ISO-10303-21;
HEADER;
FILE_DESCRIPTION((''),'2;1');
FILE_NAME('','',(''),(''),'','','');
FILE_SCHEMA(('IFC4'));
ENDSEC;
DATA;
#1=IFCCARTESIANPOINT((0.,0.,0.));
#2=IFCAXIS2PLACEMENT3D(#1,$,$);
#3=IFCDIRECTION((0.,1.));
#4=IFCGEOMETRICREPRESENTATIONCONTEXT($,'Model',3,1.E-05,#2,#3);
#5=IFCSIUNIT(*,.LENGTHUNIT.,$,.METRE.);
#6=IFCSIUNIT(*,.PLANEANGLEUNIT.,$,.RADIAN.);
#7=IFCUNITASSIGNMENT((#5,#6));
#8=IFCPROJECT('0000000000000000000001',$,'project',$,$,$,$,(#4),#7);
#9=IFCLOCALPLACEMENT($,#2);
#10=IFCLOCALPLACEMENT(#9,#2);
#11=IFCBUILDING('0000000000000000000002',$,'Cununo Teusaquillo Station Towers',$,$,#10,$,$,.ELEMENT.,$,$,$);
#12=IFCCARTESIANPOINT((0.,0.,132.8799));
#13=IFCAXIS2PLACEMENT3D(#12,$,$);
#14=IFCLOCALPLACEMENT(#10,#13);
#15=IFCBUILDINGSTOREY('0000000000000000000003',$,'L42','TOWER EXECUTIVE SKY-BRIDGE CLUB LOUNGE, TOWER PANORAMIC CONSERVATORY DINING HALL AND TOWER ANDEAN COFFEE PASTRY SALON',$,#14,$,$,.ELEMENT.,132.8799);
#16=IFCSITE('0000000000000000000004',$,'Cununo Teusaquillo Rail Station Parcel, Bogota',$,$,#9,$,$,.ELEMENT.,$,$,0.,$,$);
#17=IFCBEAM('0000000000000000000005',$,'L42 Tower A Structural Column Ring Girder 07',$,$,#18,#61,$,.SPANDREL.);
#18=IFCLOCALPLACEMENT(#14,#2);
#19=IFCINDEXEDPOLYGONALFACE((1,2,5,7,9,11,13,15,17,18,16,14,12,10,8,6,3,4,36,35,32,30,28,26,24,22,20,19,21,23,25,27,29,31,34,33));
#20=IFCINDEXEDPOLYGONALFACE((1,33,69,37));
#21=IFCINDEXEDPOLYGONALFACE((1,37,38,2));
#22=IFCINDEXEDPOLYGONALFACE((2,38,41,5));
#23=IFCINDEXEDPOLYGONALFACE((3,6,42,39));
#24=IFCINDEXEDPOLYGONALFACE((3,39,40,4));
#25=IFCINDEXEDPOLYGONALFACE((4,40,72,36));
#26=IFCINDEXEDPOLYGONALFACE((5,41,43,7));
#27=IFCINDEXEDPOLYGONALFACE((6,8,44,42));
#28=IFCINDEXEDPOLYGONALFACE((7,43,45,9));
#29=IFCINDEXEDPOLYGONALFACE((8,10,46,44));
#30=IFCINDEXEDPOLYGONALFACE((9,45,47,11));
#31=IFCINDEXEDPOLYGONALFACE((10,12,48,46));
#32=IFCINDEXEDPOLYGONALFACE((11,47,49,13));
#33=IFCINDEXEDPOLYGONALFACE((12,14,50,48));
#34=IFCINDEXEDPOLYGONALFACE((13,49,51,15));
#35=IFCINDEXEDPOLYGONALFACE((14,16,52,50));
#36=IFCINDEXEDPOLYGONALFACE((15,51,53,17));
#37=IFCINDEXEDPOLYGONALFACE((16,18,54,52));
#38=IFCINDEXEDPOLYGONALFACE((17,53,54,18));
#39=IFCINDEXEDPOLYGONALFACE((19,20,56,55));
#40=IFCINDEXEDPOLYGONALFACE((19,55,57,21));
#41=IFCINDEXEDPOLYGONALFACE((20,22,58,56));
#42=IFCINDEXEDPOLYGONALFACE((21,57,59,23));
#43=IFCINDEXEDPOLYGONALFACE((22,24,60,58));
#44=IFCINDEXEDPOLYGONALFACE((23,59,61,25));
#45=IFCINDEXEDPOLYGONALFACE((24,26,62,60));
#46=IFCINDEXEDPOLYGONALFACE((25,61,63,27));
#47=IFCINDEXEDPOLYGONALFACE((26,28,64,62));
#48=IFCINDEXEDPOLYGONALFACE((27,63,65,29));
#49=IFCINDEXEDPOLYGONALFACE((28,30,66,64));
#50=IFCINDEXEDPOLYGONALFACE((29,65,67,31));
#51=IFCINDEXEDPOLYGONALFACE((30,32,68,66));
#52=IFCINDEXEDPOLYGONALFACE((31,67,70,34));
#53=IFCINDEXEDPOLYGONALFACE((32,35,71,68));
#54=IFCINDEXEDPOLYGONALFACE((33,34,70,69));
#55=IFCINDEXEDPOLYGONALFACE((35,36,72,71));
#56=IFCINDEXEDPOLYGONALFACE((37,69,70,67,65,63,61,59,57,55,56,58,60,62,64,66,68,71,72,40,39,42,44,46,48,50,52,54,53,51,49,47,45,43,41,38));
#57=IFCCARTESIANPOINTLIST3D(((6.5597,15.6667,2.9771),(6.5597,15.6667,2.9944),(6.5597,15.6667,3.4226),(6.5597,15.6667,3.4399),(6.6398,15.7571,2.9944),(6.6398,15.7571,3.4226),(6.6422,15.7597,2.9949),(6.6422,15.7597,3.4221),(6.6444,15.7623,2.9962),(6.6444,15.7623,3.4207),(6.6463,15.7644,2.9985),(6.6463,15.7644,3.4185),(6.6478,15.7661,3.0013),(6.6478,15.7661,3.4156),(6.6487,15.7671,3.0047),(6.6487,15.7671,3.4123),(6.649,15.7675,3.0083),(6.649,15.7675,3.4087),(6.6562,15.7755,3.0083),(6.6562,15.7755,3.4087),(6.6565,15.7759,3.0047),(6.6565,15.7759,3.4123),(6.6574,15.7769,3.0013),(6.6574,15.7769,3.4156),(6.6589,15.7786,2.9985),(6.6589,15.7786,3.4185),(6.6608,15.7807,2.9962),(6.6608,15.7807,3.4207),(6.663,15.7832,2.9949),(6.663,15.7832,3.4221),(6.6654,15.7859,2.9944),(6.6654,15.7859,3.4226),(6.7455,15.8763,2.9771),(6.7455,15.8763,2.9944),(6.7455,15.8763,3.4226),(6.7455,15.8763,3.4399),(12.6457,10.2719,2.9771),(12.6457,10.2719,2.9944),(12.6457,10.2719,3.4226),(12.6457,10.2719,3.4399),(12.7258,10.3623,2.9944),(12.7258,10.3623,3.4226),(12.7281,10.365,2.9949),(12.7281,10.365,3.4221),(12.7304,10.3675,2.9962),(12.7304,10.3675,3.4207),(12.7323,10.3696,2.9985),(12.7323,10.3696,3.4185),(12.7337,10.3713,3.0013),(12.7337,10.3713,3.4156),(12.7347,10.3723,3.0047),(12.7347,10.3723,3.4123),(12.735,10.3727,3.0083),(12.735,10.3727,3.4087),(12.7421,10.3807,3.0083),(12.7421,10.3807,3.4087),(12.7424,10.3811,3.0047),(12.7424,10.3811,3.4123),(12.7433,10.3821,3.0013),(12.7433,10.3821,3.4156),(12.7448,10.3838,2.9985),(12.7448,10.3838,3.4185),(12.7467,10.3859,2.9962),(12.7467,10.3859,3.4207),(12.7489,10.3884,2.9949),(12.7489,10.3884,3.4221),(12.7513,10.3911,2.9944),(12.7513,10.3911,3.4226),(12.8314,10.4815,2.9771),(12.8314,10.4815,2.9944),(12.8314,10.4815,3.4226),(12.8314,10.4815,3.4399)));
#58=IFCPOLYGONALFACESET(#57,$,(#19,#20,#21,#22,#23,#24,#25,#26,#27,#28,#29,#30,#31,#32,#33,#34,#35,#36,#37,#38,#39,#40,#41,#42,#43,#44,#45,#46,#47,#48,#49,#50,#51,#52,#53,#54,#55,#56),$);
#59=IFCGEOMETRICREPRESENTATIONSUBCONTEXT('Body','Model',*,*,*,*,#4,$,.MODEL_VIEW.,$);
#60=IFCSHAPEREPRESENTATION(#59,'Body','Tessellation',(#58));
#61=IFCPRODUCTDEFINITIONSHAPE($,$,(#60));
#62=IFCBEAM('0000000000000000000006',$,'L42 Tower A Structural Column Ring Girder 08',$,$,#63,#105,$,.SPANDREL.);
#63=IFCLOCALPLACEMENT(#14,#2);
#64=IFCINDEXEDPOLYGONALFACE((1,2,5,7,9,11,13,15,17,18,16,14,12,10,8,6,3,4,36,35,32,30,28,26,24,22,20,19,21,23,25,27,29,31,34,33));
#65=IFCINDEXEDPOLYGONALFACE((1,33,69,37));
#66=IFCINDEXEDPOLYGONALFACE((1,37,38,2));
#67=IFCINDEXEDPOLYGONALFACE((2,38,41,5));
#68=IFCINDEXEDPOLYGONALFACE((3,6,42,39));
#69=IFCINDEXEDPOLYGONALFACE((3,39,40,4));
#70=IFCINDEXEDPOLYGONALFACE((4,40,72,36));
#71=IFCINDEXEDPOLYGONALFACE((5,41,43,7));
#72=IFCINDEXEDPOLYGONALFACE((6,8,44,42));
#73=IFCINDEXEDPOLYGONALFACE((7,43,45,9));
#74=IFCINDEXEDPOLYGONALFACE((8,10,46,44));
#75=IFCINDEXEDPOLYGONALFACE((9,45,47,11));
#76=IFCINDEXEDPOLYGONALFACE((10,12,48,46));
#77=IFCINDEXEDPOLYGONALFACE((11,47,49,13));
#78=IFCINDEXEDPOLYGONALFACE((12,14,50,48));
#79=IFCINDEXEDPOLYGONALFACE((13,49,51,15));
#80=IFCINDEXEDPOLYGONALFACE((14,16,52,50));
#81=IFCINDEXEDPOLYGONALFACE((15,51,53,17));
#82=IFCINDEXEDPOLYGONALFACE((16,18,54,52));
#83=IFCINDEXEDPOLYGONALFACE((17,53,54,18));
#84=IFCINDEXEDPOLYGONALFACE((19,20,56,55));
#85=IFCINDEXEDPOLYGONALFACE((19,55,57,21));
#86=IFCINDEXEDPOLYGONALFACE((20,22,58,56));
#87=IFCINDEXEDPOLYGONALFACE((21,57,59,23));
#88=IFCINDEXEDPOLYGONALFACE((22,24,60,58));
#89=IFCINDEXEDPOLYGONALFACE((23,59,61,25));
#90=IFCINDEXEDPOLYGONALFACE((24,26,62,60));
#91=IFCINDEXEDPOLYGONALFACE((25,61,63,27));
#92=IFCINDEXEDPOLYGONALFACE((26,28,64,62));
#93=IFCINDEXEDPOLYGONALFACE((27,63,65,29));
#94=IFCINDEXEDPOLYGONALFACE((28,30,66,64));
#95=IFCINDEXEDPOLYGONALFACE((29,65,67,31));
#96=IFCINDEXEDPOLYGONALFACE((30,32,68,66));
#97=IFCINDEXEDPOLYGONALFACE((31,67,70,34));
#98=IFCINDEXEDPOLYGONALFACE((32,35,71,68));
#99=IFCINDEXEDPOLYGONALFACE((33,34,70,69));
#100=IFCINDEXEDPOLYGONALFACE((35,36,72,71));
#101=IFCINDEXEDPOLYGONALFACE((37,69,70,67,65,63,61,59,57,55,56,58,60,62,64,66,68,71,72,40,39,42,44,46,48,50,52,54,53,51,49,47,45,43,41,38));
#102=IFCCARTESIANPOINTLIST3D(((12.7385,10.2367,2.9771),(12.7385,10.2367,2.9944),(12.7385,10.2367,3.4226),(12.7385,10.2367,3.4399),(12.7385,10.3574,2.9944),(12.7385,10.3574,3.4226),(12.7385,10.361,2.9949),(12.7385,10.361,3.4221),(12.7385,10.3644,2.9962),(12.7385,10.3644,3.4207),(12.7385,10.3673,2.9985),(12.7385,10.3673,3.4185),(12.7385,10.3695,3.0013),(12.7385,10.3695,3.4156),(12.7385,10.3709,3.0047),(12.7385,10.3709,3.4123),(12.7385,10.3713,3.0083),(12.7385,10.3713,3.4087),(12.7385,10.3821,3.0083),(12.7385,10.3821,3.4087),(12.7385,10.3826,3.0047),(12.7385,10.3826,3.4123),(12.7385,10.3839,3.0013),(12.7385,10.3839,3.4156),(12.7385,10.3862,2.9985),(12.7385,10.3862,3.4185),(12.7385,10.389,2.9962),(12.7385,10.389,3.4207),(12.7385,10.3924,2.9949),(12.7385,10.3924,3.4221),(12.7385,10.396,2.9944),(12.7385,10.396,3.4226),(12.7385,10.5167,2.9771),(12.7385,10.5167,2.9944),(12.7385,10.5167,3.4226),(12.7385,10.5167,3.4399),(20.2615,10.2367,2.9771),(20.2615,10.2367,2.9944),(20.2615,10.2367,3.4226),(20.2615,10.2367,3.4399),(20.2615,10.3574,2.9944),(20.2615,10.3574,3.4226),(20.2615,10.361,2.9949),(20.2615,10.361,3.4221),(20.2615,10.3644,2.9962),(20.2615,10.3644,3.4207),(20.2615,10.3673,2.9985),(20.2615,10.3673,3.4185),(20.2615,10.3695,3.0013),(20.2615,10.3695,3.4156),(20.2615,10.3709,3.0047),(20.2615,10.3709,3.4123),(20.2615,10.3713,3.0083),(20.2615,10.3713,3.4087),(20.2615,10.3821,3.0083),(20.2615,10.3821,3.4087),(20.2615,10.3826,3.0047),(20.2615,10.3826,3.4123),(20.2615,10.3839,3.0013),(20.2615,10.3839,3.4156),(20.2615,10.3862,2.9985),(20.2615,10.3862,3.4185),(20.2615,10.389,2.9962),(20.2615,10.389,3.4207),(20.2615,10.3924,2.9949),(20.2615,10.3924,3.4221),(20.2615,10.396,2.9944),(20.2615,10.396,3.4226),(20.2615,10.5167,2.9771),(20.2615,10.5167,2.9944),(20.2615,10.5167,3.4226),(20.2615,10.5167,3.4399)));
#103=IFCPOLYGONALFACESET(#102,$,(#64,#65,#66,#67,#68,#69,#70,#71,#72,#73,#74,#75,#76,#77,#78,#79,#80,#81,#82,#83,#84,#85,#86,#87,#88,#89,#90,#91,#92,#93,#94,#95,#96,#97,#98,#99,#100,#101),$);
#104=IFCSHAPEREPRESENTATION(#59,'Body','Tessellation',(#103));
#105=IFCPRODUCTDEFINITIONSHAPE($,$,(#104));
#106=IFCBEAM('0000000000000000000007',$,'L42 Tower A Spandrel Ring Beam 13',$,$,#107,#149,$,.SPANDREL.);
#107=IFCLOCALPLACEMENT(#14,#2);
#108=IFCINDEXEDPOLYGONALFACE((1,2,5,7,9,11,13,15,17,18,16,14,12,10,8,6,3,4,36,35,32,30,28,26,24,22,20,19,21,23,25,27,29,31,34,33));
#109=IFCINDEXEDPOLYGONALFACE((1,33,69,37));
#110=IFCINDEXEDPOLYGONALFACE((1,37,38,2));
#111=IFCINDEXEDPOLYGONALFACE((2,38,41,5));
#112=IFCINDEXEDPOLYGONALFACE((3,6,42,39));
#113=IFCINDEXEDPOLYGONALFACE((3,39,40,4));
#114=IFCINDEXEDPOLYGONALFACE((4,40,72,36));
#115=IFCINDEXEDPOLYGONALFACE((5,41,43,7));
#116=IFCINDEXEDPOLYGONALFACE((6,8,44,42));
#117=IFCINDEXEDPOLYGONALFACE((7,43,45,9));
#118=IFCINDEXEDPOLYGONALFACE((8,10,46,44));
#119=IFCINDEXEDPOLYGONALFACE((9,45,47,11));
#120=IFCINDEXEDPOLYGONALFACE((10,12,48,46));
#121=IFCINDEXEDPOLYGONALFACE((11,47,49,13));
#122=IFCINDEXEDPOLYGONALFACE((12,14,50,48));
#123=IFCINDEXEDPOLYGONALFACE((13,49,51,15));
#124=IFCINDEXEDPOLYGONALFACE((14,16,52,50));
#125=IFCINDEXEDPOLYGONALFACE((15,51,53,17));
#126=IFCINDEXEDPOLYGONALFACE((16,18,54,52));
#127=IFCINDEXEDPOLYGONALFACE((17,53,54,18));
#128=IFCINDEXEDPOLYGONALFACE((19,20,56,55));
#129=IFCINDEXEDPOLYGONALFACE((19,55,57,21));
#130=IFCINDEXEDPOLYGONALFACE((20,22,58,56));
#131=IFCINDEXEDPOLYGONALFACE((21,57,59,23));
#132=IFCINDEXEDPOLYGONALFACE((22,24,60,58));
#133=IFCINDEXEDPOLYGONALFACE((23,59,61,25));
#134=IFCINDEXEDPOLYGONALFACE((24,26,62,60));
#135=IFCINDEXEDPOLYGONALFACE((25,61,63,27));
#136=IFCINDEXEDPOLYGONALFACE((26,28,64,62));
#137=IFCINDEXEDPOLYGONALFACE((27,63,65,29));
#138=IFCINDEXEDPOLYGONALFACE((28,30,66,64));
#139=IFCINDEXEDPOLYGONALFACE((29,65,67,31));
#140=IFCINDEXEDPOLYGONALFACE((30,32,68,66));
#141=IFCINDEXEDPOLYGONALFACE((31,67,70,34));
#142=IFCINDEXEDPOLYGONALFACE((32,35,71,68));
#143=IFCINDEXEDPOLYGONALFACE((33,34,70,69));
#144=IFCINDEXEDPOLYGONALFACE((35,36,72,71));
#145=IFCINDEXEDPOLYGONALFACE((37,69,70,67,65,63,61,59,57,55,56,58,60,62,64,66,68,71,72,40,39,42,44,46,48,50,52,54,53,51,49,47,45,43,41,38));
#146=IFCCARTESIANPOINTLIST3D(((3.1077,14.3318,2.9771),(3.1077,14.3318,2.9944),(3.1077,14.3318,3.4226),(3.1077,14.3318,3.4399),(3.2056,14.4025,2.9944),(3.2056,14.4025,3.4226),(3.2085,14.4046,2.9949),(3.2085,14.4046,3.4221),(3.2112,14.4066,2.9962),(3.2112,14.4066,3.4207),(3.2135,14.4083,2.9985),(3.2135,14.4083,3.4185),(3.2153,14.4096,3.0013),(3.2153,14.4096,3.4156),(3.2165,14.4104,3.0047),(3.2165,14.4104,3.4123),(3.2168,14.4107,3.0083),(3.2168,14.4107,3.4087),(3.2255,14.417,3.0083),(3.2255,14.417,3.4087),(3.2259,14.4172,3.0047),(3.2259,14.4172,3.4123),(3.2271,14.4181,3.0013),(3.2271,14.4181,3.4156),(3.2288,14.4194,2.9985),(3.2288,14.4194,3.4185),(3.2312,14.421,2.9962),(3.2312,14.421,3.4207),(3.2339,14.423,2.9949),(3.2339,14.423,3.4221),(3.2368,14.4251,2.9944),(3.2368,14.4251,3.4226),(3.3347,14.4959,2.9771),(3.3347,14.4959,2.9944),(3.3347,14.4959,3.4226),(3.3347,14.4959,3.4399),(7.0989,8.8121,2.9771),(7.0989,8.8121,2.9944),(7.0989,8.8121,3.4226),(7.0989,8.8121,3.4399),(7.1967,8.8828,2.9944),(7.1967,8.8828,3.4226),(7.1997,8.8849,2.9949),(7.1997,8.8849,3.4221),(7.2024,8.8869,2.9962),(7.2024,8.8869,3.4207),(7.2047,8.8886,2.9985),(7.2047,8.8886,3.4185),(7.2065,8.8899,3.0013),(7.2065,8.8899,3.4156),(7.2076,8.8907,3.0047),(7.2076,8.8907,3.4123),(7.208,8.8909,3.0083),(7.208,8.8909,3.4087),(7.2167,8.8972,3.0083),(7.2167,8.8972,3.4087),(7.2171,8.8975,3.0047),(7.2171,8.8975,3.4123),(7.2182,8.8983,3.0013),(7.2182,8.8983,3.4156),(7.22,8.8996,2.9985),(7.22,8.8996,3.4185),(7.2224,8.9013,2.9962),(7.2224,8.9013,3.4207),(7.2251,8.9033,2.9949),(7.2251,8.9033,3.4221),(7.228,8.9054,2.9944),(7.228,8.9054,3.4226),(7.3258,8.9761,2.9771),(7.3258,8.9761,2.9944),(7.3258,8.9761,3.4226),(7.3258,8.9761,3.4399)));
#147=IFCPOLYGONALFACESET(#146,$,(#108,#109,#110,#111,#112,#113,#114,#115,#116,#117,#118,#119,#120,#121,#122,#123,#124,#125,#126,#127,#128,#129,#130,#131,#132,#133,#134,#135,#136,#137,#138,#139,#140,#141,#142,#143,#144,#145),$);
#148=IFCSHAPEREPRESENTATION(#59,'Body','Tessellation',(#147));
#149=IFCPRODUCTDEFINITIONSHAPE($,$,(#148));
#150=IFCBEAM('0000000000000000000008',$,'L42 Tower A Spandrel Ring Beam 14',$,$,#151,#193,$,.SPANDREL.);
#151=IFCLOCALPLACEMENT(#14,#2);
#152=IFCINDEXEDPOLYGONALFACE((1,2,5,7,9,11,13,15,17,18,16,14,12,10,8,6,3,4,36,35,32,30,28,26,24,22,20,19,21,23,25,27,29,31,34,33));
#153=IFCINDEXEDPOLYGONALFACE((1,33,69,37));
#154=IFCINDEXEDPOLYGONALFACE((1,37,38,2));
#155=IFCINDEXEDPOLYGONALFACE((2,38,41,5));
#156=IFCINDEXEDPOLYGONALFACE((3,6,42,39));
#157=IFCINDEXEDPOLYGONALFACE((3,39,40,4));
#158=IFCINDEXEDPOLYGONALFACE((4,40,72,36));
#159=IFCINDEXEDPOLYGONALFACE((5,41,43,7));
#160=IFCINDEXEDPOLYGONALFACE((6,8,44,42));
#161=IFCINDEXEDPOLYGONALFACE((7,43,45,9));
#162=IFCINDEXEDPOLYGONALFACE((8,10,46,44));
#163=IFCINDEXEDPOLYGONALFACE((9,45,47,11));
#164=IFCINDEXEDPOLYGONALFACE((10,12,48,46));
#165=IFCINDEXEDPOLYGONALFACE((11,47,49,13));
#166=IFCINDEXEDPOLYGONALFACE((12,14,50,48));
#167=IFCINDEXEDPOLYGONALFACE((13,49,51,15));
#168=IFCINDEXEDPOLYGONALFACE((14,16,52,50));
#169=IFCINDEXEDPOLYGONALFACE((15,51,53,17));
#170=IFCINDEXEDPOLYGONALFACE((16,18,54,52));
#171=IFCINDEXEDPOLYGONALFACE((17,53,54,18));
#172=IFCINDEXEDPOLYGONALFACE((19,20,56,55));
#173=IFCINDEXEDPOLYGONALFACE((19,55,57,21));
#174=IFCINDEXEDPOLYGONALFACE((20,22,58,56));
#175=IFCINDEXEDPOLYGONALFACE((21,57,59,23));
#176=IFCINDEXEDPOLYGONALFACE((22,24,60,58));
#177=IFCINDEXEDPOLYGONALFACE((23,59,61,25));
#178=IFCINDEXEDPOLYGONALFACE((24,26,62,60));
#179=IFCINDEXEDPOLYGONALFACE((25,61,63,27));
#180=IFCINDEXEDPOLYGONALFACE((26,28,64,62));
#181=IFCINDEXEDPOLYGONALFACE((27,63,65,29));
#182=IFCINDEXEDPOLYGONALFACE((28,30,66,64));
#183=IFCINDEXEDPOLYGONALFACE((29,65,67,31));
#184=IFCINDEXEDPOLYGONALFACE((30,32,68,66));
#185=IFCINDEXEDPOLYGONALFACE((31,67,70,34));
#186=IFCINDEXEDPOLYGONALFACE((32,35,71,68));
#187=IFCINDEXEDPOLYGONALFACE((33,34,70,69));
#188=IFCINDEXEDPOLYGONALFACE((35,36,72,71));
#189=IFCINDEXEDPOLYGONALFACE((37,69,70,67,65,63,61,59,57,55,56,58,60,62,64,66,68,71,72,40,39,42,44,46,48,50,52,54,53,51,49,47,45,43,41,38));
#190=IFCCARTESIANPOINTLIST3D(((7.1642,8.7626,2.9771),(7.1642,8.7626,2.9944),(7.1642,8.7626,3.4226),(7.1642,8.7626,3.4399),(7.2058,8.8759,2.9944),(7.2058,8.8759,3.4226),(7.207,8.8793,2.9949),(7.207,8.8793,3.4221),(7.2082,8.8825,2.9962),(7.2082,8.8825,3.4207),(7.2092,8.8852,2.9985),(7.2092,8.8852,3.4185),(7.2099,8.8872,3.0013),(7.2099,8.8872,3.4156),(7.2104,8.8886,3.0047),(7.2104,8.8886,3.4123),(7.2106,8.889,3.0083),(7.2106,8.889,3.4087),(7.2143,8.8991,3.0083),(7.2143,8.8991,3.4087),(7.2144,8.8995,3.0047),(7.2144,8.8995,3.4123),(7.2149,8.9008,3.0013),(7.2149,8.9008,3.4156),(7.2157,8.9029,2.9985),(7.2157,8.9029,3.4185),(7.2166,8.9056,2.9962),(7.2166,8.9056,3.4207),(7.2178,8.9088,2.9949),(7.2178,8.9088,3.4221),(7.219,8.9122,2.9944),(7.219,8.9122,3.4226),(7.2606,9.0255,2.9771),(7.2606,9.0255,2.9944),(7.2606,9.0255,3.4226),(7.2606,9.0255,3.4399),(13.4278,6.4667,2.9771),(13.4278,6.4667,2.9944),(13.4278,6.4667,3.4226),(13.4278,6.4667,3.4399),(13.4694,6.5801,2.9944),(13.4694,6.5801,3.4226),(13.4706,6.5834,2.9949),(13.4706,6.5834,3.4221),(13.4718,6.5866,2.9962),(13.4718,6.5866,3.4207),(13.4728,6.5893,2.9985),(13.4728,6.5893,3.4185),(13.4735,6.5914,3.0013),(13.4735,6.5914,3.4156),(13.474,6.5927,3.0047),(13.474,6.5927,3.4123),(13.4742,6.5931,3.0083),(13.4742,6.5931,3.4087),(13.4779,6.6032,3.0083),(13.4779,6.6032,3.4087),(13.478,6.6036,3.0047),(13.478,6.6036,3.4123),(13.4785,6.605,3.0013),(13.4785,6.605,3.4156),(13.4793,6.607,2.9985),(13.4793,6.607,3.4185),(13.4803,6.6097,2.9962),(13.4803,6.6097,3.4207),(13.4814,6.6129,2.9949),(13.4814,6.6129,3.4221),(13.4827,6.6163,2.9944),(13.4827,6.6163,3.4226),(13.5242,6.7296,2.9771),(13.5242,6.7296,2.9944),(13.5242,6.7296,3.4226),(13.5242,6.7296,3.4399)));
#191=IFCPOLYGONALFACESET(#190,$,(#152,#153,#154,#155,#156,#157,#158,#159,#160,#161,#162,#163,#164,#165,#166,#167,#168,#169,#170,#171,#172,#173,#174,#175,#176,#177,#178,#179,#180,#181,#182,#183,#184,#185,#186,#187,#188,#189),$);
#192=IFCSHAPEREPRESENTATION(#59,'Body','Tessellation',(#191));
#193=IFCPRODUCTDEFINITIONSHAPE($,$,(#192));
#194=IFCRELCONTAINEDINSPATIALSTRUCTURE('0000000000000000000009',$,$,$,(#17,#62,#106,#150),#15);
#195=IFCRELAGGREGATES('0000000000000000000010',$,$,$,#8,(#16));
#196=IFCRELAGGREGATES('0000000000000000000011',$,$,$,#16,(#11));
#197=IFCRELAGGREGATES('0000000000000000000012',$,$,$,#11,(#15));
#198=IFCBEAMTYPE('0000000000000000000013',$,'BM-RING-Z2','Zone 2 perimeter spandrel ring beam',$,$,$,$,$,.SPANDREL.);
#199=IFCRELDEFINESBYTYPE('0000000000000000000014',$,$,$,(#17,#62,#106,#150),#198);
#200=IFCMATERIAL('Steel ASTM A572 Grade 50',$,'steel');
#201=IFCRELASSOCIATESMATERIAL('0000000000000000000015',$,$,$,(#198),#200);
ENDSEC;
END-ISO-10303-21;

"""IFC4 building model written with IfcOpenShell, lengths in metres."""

from ifc_helpers import new_model, si_unit, direction, frame, origin, origin_2d, place, context, subcontext, project, spatial, i_section, extrude, material, material_profile, profile_set, type_object, element, save


model = new_model("IFC4")

# Units and contexts
model_context = context("Model", 3, precision=1e-05, world=origin(), true_north=direction((0.0, 1.0)))
body_context = subcontext(model_context, "Body", "Model", "MODEL_VIEW")
ifc_project = project(units=[si_unit("LENGTHUNIT", "METRE"), si_unit("PLANEANGLEUNIT", "RADIAN")], contexts=[model_context])

# Site, building, storey
site_placement = place(None, origin())
site = spatial("IfcSite", under=ifc_project, at=site_placement, Name="Cununo Teusaquillo Rail Station Parcel, Bogota", CompositionType="ELEMENT", RefElevation=0.0)
building_placement = place(site_placement, origin())
building = spatial("IfcBuilding", under=site, at=building_placement, Name="Cununo Teusaquillo Station Towers", CompositionType="ELEMENT")
storey_placement = place(building_placement, frame((0.0, 0.0, 132.8799)))
storey = spatial("IfcBuildingStorey", under=building, at=storey_placement, Name="L42", Description="TOWER EXECUTIVE SKY-BRIDGE CLUB LOUNGE, TOWER PANORAMIC CONSERVATORY DINING HALL AND TOWER ANDEAN COFFEE PASTRY SALON", CompositionType="ELEMENT", Elevation=132.8799)

# Beams
ifc_material_1 = material(Name="Steel ASTM A572 Grade 50", Category="steel")
ifc_material_profile_1 = material_profile(ifc_material_1, i_section(OverallWidth=0.28, OverallDepth=0.4629, WebThickness=0.0107, FlangeThickness=0.0173, FilletRadius=0.0139, at=origin_2d()), Name="W18X76")
ifc_profile_set_1 = profile_set([ifc_material_profile_1], Name="Steel ASTM A572 Grade 50")
beam_type = type_object("IfcBeamType", Name="BM-RING-Z2", Description="Zone 2 perimeter spandrel ring beam", PredefinedType="SPANDREL", material=ifc_profile_set_1)
beam_1_placement = place(storey_placement, frame((6.6526, 15.7715, 3.2085), z_axis=(0.748321, -0.663337, 0.0), x_axis=(0.663337, 0.748321, 0.0)))
element("IfcBeam", 1, at=beam_1_placement, inside=storey, type_object=beam_type, Name="L42 Tower A Structural Column Ring Girder 07", PredefinedType="SPANDREL", context=body_context, shape_type="SweptSolid", body=[
    extrude(i_section(OverallWidth=0.28, OverallDepth=0.4629, WebThickness=0.0107, FlangeThickness=0.0173, FilletRadius=0.0139, at=origin_2d()), origin(), (0.0, 0.0, 1.0), 8.1328),
])
beam_2_placement = place(storey_placement, frame((12.7385, 10.3767, 3.2085), z_axis=(1.0, 0.0, 0.0), x_axis=(0.0, 1.0, 0.0)))
element("IfcBeam", 2, at=beam_2_placement, inside=storey, type_object=beam_type, Name="L42 Tower A Structural Column Ring Girder 08", PredefinedType="SPANDREL", context=body_context, shape_type="SweptSolid", body=[
    extrude(i_section(OverallWidth=0.28, OverallDepth=0.4629, WebThickness=0.0107, FlangeThickness=0.0173, FilletRadius=0.0139, at=origin_2d()), origin(), (0.0, 0.0, 1.0), 7.5229),
])
beam_3_placement = place(storey_placement, frame((3.2212, 14.4138, 3.2085), z_axis=(0.585945, -0.810351, 0.0), x_axis=(0.810351, 0.585945, 0.0)))
element("IfcBeam", 3, at=beam_3_placement, inside=storey, type_object=beam_type, Name="L42 Tower A Spandrel Ring Beam 13", PredefinedType="SPANDREL", context=body_context, shape_type="SweptSolid", body=[
    extrude(i_section(OverallWidth=0.28, OverallDepth=0.4629, WebThickness=0.0107, FlangeThickness=0.0173, FilletRadius=0.0139, at=origin_2d()), origin(), (0.0, 0.0, 1.0), 6.8115),
])
beam_4_placement = place(storey_placement, frame((7.2124, 8.894, 3.2085), z_axis=(0.938914, -0.344151, 0.0), x_axis=(0.344151, 0.938914, 0.0)))
element("IfcBeam", 4, at=beam_4_placement, inside=storey, type_object=beam_type, Name="L42 Tower A Spandrel Ring Beam 14", PredefinedType="SPANDREL", context=body_context, shape_type="SweptSolid", body=[
    extrude(i_section(OverallWidth=0.28, OverallDepth=0.4629, WebThickness=0.0107, FlangeThickness=0.0173, FilletRadius=0.0139, at=origin_2d()), origin(), (0.0, 0.0, 1.0), 6.6711),
])

save(model, "model.ifc")
